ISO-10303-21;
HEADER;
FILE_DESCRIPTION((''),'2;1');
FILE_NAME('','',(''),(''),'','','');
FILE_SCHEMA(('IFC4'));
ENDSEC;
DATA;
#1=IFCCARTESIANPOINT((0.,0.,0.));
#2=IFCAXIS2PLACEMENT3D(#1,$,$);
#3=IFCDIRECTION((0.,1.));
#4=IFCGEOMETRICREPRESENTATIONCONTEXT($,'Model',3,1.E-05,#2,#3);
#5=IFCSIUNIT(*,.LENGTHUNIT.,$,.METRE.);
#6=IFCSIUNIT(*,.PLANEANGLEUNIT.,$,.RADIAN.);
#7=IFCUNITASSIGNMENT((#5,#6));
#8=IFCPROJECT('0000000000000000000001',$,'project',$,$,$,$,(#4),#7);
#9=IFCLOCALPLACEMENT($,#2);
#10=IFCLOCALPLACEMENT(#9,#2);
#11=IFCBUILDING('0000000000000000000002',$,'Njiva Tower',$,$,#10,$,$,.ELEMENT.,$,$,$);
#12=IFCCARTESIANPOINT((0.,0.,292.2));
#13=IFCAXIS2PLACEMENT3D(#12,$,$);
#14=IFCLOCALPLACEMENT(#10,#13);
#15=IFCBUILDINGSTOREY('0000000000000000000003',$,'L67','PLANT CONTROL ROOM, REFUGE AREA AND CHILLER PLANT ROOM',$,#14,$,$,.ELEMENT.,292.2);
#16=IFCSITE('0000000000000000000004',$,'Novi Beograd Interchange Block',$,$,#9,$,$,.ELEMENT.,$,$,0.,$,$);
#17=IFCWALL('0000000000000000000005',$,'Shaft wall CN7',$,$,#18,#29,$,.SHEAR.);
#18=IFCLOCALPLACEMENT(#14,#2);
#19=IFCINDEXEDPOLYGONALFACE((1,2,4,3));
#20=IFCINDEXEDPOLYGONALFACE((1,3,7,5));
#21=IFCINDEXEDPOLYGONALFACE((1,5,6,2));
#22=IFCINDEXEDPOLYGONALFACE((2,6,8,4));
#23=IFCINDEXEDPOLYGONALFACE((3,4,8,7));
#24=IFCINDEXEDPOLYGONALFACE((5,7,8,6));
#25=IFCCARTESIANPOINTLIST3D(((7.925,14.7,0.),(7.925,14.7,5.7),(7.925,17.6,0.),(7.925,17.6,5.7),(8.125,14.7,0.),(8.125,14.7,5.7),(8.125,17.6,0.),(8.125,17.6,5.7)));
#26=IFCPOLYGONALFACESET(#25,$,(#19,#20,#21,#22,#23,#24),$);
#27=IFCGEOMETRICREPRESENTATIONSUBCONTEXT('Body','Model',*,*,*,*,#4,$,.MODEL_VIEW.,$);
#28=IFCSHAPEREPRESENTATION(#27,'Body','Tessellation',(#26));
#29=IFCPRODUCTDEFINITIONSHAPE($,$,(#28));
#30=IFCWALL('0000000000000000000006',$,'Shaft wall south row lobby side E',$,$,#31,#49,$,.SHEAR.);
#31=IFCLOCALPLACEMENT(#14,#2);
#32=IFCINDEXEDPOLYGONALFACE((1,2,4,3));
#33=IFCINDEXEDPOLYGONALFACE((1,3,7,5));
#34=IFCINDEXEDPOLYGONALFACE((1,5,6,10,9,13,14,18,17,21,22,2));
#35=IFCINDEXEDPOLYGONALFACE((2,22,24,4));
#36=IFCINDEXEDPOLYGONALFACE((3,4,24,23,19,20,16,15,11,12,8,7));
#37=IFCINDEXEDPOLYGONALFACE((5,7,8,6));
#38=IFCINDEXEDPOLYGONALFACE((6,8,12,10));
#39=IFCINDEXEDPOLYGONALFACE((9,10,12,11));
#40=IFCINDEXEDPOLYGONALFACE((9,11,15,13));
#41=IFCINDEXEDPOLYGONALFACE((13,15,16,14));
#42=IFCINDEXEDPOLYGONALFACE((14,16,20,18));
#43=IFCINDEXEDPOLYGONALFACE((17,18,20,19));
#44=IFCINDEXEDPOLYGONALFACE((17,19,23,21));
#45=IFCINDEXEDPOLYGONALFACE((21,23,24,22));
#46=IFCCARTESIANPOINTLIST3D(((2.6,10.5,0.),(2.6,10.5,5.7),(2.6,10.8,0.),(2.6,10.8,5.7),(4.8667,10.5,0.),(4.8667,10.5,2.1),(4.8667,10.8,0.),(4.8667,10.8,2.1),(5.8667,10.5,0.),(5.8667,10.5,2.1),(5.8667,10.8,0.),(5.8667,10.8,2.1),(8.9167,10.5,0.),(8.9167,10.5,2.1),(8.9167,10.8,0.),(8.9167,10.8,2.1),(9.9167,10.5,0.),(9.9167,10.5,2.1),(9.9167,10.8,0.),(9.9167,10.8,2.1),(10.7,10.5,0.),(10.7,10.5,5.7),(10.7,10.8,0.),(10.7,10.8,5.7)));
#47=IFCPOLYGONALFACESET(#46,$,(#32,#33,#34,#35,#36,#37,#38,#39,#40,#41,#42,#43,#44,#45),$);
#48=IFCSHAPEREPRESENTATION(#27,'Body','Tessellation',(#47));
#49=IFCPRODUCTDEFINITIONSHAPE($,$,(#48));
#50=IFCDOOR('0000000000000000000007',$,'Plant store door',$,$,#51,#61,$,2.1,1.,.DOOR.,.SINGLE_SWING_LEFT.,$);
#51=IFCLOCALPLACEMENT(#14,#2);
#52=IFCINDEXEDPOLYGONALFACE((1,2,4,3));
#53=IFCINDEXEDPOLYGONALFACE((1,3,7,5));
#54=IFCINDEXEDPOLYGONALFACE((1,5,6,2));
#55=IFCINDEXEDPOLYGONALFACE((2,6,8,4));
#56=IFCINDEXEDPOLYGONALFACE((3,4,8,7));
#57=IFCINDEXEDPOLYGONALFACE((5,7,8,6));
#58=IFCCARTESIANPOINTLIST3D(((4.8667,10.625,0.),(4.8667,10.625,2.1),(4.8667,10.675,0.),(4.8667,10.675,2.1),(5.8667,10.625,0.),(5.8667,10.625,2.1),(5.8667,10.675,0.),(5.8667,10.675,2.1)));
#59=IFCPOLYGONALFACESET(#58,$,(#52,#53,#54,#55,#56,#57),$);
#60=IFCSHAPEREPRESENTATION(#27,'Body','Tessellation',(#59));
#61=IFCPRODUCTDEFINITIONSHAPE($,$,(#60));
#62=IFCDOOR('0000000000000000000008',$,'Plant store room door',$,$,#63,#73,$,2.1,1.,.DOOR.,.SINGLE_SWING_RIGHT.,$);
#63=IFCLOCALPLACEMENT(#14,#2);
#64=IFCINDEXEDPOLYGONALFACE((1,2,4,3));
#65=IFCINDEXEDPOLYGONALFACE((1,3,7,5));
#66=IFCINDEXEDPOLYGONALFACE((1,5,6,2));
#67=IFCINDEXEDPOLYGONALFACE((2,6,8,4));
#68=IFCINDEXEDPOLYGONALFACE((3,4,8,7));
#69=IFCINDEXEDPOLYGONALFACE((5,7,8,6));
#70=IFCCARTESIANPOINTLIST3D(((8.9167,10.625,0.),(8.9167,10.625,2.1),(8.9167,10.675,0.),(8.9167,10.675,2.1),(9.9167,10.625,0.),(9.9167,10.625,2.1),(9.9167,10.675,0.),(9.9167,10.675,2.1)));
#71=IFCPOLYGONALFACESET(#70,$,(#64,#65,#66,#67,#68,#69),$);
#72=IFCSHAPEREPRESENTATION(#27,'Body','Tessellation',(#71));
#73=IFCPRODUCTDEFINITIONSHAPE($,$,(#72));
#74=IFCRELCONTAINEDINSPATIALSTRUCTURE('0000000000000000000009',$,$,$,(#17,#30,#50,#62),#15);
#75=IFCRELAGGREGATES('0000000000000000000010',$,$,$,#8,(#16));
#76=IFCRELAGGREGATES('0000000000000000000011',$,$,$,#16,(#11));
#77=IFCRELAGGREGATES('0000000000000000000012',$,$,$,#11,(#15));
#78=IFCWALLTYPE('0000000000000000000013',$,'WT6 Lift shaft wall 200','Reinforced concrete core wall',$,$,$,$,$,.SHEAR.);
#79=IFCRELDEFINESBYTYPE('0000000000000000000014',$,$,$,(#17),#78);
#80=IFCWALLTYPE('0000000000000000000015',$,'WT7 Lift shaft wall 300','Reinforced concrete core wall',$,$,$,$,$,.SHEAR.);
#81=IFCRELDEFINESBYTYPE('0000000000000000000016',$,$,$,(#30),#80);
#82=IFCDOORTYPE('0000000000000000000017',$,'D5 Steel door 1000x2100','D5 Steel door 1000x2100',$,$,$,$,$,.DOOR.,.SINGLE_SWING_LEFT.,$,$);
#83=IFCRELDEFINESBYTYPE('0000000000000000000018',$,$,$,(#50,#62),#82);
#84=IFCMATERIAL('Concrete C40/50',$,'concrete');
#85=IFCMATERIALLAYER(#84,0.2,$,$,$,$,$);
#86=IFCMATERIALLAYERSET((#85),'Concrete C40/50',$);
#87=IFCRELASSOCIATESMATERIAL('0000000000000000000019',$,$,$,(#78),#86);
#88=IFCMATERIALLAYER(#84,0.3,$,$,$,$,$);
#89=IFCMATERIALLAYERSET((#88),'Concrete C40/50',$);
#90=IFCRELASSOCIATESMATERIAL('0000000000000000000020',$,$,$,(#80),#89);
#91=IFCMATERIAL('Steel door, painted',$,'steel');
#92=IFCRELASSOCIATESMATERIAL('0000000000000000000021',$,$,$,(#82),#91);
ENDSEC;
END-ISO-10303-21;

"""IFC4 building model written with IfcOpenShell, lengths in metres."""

from ifc_helpers import new_model, si_unit, direction, frame, frame_2d, origin, place, context, subcontext, project, spatial, rectangle, extrude, material, layer, layer_set, type_object, element, fill, save


model = new_model("IFC4")

# Units and contexts
model_context = context("Model", 3, precision=1e-05, world=origin(), true_north=direction((0.0, 1.0)))
body_context = subcontext(model_context, "Body", "Model", "MODEL_VIEW")
ifc_project = project(units=[si_unit("LENGTHUNIT", "METRE"), si_unit("PLANEANGLEUNIT", "RADIAN")], contexts=[model_context])

# Site, building, storey
site_placement = place(None, origin())
site = spatial("IfcSite", under=ifc_project, at=site_placement, Name="Novi Beograd Interchange Block", CompositionType="ELEMENT", RefElevation=0.0)
building_placement = place(site_placement, origin())
building = spatial("IfcBuilding", under=site, at=building_placement, Name="Njiva Tower", CompositionType="ELEMENT")
storey_placement = place(building_placement, frame((0.0, 0.0, 292.2)))
storey = spatial("IfcBuildingStorey", under=building, at=storey_placement, Name="L67", Description="PLANT CONTROL ROOM, REFUGE AREA AND CHILLER PLANT ROOM", CompositionType="ELEMENT", Elevation=292.2)

# Shared definitions
ifc_material_1 = material(Name="Concrete C40/50", Category="concrete")

# Wall
ifc_layer_1 = layer(ifc_material_1, 0.2)
ifc_layer_set_1 = layer_set([ifc_layer_1], Name="Concrete C40/50")
wall_type_1 = type_object("IfcWallType", Name="WT6 Lift shaft wall 200", Description="Reinforced concrete core wall", PredefinedType="SHEAR", material=ifc_layer_set_1)
wall_1_placement = place(storey_placement, frame((8.025, 14.7, 0.0), z_axis=(0.0, 0.0, 1.0), x_axis=(0.0, 1.0, 0.0)))
element("IfcWall", 1, at=wall_1_placement, inside=storey, type_object=wall_type_1, Name="Shaft wall CN7", PredefinedType="SHEAR", context=body_context, shape_type="SweptSolid", body=[
    extrude(rectangle(XDim=2.9, YDim=0.2, at=frame_2d((1.45, 0.0))), origin(), (0.0, 0.0, 1.0), 5.7),
])

# Wall, openings, doors
ifc_layer_2 = layer(ifc_material_1, 0.3)
ifc_layer_set_2 = layer_set([ifc_layer_2], Name="Concrete C40/50")
wall_type_2 = type_object("IfcWallType", Name="WT7 Lift shaft wall 300", Description="Reinforced concrete core wall", PredefinedType="SHEAR", material=ifc_layer_set_2)
wall_2_placement = place(storey_placement, frame((2.6, 10.65, 0.0), z_axis=(0.0, 0.0, 1.0), x_axis=(1.0, 0.0, 0.0)))
wall_2 = element("IfcWall", 2, at=wall_2_placement, inside=storey, type_object=wall_type_2, Name="Shaft wall south row lobby side E", PredefinedType="SHEAR", context=body_context, shape_type="SweptSolid", body=[
    extrude(rectangle(XDim=8.1, YDim=0.3, at=frame_2d((4.05, 0.0))), origin(), (0.0, 0.0, 1.0), 5.7),
])
opening_1_placement = place(wall_2_placement, frame((2.2667, 0.0, 0.0)))
opening_1 = element("IfcOpeningElement", 3, at=opening_1_placement, cuts=wall_2, PredefinedType="OPENING", context=body_context, shape_type="SweptSolid", body=[
    extrude(rectangle(XDim=1.0, YDim=2.1, at=frame_2d((0.5, 1.05))), frame((0.0, 0.16, 0.0), z_axis=(0.0, -1.0, 0.0), x_axis=(1.0, 0.0, 0.0)), (0.0, 0.0, 1.0), 0.32),
])
opening_2_placement = place(wall_2_placement, frame((6.3167, 0.0, 0.0)))
opening_2 = element("IfcOpeningElement", 4, at=opening_2_placement, cuts=wall_2, PredefinedType="OPENING", context=body_context, shape_type="SweptSolid", body=[
    extrude(rectangle(XDim=1.0, YDim=2.1, at=frame_2d((0.5, 1.05))), frame((0.0, 0.16, 0.0), z_axis=(0.0, -1.0, 0.0), x_axis=(1.0, 0.0, 0.0)), (0.0, 0.0, 1.0), 0.32),
])
ifc_material_2 = material(Name="Steel door, painted", Category="steel")
door_type_1 = type_object("IfcDoorType", Name="D5 Steel door 1000x2100", Description="D5 Steel door 1000x2100", OperationType="SINGLE_SWING_LEFT", PredefinedType="DOOR", material=ifc_material_2)
door_1_placement = place(opening_1_placement, origin())
door_1 = element("IfcDoor", 5, at=door_1_placement, inside=storey, type_object=door_type_1, Name="Plant store door", OperationType="SINGLE_SWING_LEFT", OverallHeight=2.1, OverallWidth=1.0, PredefinedType="DOOR", context=body_context, shape_type="SweptSolid", body=[
    extrude(rectangle(XDim=1.0, YDim=2.1, at=frame_2d((0.5, 1.05))), frame((0.0, 0.025, 0.0), z_axis=(0.0, -1.0, 0.0), x_axis=(1.0, 0.0, 0.0)), (0.0, 0.0, 1.0), 0.05),
])
fill(opening_1, door_1)
door_2_placement = place(opening_2_placement, origin())
door_2 = element("IfcDoor", 6, at=door_2_placement, inside=storey, type_object=door_type_1, Name="Plant store room door", OperationType="SINGLE_SWING_RIGHT", OverallHeight=2.1, OverallWidth=1.0, PredefinedType="DOOR", context=body_context, shape_type="SweptSolid", body=[
    extrude(rectangle(XDim=1.0, YDim=2.1, at=frame_2d((0.5, 1.05))), frame((0.0, 0.025, 0.0), z_axis=(0.0, -1.0, 0.0), x_axis=(1.0, 0.0, 0.0)), (0.0, 0.0, 1.0), 0.05),
])
fill(opening_2, door_2)

save(model, "model.ifc")
